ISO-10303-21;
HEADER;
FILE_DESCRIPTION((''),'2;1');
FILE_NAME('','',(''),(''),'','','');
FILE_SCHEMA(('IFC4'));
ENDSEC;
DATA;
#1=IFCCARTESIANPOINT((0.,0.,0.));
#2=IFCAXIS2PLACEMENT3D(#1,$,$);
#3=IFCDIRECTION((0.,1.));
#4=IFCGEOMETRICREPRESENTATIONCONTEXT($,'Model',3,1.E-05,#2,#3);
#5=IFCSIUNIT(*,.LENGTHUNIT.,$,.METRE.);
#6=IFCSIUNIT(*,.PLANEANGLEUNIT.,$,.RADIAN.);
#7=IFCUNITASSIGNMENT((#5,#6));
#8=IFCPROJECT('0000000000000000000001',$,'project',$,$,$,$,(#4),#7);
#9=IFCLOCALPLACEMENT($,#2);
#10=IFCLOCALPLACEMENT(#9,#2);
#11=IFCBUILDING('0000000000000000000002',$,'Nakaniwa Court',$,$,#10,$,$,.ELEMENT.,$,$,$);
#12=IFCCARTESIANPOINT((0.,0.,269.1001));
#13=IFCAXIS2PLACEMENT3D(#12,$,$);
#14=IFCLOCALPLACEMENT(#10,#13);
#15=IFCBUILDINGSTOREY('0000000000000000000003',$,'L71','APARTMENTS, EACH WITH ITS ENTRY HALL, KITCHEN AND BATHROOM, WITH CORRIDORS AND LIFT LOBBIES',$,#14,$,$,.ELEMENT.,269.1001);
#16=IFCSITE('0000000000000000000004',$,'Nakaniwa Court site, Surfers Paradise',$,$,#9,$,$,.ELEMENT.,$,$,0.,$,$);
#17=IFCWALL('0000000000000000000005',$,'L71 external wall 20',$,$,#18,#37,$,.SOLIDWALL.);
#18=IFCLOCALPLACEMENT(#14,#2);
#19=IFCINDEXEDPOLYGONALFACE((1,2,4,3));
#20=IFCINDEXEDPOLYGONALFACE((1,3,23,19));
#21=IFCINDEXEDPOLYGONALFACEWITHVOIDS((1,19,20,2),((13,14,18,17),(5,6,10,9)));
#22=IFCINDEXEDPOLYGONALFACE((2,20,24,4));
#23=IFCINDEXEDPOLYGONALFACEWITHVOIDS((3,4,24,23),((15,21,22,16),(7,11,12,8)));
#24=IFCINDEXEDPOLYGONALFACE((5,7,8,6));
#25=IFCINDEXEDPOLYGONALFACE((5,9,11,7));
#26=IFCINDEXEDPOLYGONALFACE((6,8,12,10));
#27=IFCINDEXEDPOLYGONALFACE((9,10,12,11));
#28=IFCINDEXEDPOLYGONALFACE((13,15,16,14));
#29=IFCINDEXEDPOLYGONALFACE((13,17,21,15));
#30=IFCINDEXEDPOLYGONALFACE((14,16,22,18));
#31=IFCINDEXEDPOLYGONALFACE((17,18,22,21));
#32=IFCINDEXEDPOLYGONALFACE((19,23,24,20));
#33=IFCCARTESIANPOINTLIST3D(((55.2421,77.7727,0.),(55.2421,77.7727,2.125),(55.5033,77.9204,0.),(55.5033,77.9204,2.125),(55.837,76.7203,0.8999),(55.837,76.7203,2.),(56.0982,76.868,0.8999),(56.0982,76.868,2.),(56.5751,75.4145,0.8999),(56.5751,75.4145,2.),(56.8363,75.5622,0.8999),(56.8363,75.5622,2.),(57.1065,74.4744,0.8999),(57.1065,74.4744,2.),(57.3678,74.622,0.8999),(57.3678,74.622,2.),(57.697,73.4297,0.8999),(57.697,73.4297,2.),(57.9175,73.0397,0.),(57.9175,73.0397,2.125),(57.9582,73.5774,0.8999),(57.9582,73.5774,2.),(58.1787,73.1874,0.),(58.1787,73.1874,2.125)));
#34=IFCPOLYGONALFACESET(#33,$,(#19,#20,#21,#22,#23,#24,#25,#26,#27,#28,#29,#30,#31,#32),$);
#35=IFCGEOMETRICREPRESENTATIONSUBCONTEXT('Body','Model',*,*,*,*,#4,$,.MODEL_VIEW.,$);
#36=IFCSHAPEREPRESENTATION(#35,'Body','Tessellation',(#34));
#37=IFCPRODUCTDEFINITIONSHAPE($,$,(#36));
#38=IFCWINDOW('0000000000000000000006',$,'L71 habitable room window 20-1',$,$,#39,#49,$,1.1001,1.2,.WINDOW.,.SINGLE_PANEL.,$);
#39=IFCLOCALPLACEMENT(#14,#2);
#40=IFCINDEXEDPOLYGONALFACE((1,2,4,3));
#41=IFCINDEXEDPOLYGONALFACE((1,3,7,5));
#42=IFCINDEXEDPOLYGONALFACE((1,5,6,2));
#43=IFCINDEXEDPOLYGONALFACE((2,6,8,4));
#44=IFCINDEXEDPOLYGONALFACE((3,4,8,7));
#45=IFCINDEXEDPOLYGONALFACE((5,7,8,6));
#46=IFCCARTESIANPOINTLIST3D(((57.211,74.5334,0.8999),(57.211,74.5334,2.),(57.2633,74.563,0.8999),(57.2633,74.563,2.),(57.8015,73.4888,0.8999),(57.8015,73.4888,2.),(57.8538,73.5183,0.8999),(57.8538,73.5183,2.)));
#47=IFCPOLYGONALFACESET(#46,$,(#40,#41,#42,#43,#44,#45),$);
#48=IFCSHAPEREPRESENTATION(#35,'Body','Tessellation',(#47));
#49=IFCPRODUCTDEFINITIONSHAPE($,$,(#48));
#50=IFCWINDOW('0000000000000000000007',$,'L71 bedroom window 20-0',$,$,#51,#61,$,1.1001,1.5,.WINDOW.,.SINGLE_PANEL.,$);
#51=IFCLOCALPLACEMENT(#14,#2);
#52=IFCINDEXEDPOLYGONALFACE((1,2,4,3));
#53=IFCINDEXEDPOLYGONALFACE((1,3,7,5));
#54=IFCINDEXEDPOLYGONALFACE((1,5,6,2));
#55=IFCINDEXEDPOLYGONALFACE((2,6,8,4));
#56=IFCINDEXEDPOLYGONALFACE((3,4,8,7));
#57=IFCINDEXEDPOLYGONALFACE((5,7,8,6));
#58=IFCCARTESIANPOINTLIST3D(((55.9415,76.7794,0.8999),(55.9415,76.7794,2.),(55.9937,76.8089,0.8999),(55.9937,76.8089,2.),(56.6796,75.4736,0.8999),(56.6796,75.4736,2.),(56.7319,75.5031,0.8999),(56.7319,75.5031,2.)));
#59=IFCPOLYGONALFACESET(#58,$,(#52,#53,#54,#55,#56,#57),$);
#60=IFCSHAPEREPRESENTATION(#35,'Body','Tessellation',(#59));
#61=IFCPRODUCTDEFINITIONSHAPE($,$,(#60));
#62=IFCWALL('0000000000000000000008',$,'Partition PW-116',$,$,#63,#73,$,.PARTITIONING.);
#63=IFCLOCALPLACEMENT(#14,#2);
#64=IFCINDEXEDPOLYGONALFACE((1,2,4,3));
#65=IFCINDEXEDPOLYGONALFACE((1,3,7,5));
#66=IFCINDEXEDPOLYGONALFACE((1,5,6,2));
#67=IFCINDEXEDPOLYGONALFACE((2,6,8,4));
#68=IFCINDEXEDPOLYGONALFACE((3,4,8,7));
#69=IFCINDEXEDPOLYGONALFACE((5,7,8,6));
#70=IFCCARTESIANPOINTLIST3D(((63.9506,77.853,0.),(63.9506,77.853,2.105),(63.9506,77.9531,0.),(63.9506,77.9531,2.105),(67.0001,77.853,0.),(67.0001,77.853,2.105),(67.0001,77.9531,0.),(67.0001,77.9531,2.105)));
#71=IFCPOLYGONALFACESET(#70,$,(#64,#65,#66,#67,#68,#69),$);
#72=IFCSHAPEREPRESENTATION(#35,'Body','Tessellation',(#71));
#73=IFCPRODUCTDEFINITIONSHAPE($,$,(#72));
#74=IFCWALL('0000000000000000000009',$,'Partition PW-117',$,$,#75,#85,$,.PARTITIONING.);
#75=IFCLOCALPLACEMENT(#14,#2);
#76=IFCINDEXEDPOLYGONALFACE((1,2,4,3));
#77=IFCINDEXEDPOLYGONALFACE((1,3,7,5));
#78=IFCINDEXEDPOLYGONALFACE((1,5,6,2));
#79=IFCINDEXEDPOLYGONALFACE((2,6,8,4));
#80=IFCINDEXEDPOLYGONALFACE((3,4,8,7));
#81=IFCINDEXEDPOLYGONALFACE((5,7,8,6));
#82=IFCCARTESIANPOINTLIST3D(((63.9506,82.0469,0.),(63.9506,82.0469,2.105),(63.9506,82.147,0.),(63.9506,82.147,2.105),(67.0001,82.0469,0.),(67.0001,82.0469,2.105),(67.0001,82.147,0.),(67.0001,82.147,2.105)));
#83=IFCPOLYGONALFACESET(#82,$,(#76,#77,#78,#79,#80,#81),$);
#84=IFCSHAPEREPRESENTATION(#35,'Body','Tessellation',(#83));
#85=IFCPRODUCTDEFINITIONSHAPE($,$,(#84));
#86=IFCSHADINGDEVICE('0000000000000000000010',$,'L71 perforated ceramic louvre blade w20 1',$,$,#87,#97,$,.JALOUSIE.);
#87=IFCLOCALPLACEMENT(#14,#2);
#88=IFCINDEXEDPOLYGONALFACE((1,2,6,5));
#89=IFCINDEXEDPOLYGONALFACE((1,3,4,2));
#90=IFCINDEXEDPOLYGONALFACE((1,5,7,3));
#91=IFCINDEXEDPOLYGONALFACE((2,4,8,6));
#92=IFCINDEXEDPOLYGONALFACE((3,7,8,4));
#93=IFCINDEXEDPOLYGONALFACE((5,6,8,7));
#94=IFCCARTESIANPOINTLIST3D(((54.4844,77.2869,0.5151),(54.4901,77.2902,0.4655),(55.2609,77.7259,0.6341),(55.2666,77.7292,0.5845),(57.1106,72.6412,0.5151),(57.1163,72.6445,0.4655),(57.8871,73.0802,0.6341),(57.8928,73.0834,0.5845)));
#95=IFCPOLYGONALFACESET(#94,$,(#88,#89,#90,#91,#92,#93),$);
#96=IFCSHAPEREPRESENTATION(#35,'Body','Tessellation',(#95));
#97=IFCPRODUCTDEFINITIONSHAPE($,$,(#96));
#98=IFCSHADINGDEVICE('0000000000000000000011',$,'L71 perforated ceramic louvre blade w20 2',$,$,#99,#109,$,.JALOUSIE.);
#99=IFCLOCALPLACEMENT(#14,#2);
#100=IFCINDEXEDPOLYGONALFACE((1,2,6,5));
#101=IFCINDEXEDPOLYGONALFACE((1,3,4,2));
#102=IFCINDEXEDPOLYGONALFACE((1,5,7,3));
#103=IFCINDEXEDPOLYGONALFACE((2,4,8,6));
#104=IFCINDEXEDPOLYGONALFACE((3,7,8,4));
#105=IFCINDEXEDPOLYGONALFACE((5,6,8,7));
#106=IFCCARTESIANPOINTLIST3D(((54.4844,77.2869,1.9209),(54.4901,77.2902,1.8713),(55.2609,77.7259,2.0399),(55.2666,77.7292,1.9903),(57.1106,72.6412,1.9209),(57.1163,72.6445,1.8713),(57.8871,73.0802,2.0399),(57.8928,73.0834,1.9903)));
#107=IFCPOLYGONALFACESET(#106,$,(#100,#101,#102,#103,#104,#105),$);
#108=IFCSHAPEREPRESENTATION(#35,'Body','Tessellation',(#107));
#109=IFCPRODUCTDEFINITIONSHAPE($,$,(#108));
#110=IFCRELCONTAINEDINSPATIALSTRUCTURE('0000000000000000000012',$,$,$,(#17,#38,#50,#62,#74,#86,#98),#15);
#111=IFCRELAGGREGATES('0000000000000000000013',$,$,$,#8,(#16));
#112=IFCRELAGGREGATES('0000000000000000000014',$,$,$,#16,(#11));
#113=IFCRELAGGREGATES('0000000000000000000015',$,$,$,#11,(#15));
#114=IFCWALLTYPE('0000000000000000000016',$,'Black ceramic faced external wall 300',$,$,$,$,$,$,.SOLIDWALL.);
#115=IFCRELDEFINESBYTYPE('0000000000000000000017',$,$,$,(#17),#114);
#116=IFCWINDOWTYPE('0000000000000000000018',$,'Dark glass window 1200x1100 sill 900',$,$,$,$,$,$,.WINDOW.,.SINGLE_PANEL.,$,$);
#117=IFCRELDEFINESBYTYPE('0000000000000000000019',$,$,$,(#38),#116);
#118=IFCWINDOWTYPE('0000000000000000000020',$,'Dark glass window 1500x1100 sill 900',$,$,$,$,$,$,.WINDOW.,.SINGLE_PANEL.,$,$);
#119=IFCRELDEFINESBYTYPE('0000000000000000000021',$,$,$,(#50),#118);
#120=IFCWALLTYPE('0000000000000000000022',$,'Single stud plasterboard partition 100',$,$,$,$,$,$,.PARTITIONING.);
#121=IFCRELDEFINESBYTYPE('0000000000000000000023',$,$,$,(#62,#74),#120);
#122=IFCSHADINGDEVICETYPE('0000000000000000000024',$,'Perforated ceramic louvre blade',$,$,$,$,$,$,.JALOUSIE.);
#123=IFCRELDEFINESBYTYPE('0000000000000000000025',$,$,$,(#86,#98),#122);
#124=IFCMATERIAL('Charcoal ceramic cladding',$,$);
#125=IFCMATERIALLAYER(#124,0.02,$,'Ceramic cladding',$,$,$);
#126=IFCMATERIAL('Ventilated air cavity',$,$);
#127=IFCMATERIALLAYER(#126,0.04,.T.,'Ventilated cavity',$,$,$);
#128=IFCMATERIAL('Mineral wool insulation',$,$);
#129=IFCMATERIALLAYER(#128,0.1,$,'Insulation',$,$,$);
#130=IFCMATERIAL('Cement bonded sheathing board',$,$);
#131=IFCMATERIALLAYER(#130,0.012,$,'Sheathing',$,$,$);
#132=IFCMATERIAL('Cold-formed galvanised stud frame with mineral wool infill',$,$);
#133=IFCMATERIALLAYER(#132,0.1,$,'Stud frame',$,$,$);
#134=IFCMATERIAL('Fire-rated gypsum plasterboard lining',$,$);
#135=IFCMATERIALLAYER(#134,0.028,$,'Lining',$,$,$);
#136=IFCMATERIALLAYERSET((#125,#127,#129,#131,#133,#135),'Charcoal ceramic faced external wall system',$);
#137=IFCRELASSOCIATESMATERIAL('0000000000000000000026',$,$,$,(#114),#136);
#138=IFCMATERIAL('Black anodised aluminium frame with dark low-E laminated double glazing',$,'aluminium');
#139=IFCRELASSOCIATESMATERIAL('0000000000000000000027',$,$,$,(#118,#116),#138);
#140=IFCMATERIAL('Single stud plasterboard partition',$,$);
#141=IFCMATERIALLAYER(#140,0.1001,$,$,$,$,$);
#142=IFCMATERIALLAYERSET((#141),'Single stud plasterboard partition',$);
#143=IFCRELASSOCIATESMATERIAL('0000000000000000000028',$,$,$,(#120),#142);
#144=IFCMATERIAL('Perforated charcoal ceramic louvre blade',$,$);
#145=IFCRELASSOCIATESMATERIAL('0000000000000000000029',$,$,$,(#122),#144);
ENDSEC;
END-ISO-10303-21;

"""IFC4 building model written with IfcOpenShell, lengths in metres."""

from ifc_helpers import new_model, si_unit, direction, frame, frame_2d, origin, origin_2d, place, context, subcontext, project, spatial, rectangle, extrude, material, layer, layer_set, material_profile, profile_set, type_object, element, fill, save


model = new_model("IFC4")

# Units and contexts
model_context = context("Model", 3, precision=1e-05, world=origin(), true_north=direction((0.0, 1.0)))
body_context = subcontext(model_context, "Body", "Model", "MODEL_VIEW")
ifc_project = project(units=[si_unit("LENGTHUNIT", "METRE"), si_unit("PLANEANGLEUNIT", "RADIAN")], contexts=[model_context])

# Site, building, storey
site_placement = place(None, origin())
site = spatial("IfcSite", under=ifc_project, at=site_placement, Name="Nakaniwa Court site, Surfers Paradise", CompositionType="ELEMENT", RefElevation=0.0)
building_placement = place(site_placement, origin())
building = spatial("IfcBuilding", under=site, at=building_placement, Name="Nakaniwa Court", CompositionType="ELEMENT")
storey_placement = place(building_placement, frame((0.0, 0.0, 269.1001)))
storey = spatial("IfcBuildingStorey", under=building, at=storey_placement, Name="L71", Description="APARTMENTS, EACH WITH ITS ENTRY HALL, KITCHEN AND BATHROOM, WITH CORRIDORS AND LIFT LOBBIES", CompositionType="ELEMENT", Elevation=269.1001)

# Shared definitions
ifc_material_1 = material(Name="Charcoal ceramic cladding")
ifc_layer_1 = layer(ifc_material_1, 0.02, Name="Ceramic cladding")
ifc_material_2 = material(Name="Ventilated air cavity")
ifc_layer_2 = layer(ifc_material_2, 0.04, ventilated=True, Name="Ventilated cavity")
ifc_material_3 = material(Name="Mineral wool insulation")
ifc_layer_3 = layer(ifc_material_3, 0.1, Name="Insulation")
ifc_material_4 = material(Name="Cement bonded sheathing board")
ifc_layer_4 = layer(ifc_material_4, 0.012, Name="Sheathing")
ifc_material_5 = material(Name="Cold-formed galvanised stud frame with mineral wool infill")
ifc_layer_5 = layer(ifc_material_5, 0.1, Name="Stud frame")
ifc_material_6 = material(Name="Fire-rated gypsum plasterboard lining")
ifc_layer_6 = layer(ifc_material_6, 0.028, Name="Lining")
ifc_layer_set_1 = layer_set([ifc_layer_1, ifc_layer_2, ifc_layer_3, ifc_layer_4, ifc_layer_5, ifc_layer_6], Name="Charcoal ceramic faced external wall system")
wall_type_1 = type_object("IfcWallType", Name="Black ceramic faced external wall 300", PredefinedType="SOLIDWALL", material=ifc_layer_set_1)
ifc_material_7 = material(Name="Black anodised aluminium frame with dark low-E laminated double glazing", Category="aluminium")
window_type_1 = type_object("IfcWindowType", Name="Dark glass window 1500x1100 sill 900", PartitioningType="SINGLE_PANEL", PredefinedType="WINDOW", material=ifc_material_7)

# Wall, openings, windows
wall_1_placement = place(storey_placement, frame((55.3728, 77.8464, 0.0), z_axis=(0.0, 0.0, 1.0), x_axis=(0.492081, -0.870549, 0.0)))
wall_1 = element("IfcWall", 1, at=wall_1_placement, inside=storey, type_object=wall_type_1, Name="L71 external wall 20", PredefinedType="SOLIDWALL", context=body_context, shape_type="SweptSolid", body=[
    extrude(rectangle(XDim=5.4368, YDim=0.3, at=frame_2d((2.7183, 0.0))), origin(), (0.0, 0.0, 1.0), 2.125),
])
opening_1_placement = place(wall_1_placement, frame((1.2087, 0.0, 0.8999)))
opening_1 = element("IfcOpeningElement", 2, at=opening_1_placement, cuts=wall_1, PredefinedType="OPENING", context=body_context, shape_type="SweptSolid", body=[
    extrude(rectangle(XDim=1.5, YDim=1.1001, at=frame_2d((0.75, 0.55))), frame((0.0, 0.1599, 0.0), z_axis=(0.0, -1.0, 0.0), x_axis=(1.0, 0.0, 0.0)), (0.0, 0.0, 1.0), 0.3201),
])
opening_2_placement = place(wall_1_placement, frame((3.7886, 0.0, 0.8999)))
opening_2 = element("IfcOpeningElement", 3, at=opening_2_placement, cuts=wall_1, PredefinedType="OPENING", context=body_context, shape_type="SweptSolid", body=[
    extrude(rectangle(XDim=1.2, YDim=1.1001, at=frame_2d((0.6001, 0.55))), frame((0.0, 0.1599, 0.0), z_axis=(0.0, -1.0, 0.0), x_axis=(1.0, 0.0, 0.0)), (0.0, 0.0, 1.0), 0.3201),
])
window_type_2 = type_object("IfcWindowType", Name="Dark glass window 1200x1100 sill 900", PartitioningType="SINGLE_PANEL", PredefinedType="WINDOW", material=ifc_material_7)
window_1_placement = place(opening_2_placement, origin())
window_1 = element("IfcWindow", 4, at=window_1_placement, inside=storey, type_object=window_type_2, Name="L71 habitable room window 20-1", OverallHeight=1.1001, OverallWidth=1.2, PartitioningType="SINGLE_PANEL", PredefinedType="WINDOW", context=body_context, shape_type="SweptSolid", body=[
    extrude(rectangle(XDim=1.2, YDim=1.1001, at=frame_2d((0.6001, 0.55))), frame((0.0, 0.03, 0.0), z_axis=(0.0, -1.0, 0.0), x_axis=(1.0, 0.0, 0.0)), (0.0, 0.0, 1.0), 0.0601),
])
fill(opening_2, window_1)
window_2_placement = place(opening_1_placement, origin())
window_2 = element("IfcWindow", 5, at=window_2_placement, inside=storey, type_object=window_type_1, Name="L71 bedroom window 20-0", OverallHeight=1.1001, OverallWidth=1.5, PartitioningType="SINGLE_PANEL", PredefinedType="WINDOW", context=body_context, shape_type="SweptSolid", body=[
    extrude(rectangle(XDim=1.5, YDim=1.1001, at=frame_2d((0.75, 0.55))), frame((0.0, 0.03, 0.0), z_axis=(0.0, -1.0, 0.0), x_axis=(1.0, 0.0, 0.0)), (0.0, 0.0, 1.0), 0.0601),
])
fill(opening_1, window_2)

# Walls
ifc_material_8 = material(Name="Single stud plasterboard partition")
ifc_layer_7 = layer(ifc_material_8, 0.1001)
ifc_layer_set_2 = layer_set([ifc_layer_7], Name="Single stud plasterboard partition")
wall_type_2 = type_object("IfcWallType", Name="Single stud plasterboard partition 100", PredefinedType="PARTITIONING", material=ifc_layer_set_2)
for number, where, z_axis, x_axis, name in (
    (6, (63.9504, 77.9031, 0.0), (0.0, 0.0, 1.0), (1.0, 0.0, 0.0), "Partition PW-116"),
    (7, (63.9504, 82.0969, 0.0), (0.0, 0.0, 1.0), (1.0, 0.0, 0.0), "Partition PW-117"),
):
    element("IfcWall", number, at=place(storey_placement, frame(where, z_axis=z_axis, x_axis=x_axis)), inside=storey, type_object=wall_type_2, Name=name, PredefinedType="PARTITIONING", context=body_context, shape_type="SweptSolid", body=[
        extrude(rectangle(XDim=3.0496, YDim=0.1001, at=frame_2d((1.5249, 0.0))), origin(), (0.0, 0.0, 1.0), 2.105),
    ])

# Shading devices
ifc_material_9 = material(Name="Perforated charcoal ceramic louvre blade")
ifc_material_profile_1 = material_profile(ifc_material_9, rectangle(XDim=0.8999, YDim=0.05, at=origin_2d()), Name="Perforated ceramic louvre blade")
ifc_profile_set_1 = profile_set([ifc_material_profile_1], Name="Perforated charcoal ceramic louvre blade")
shading_device_type = type_object("IfcShadingDeviceType", Name="Perforated ceramic louvre blade", PredefinedType="JALOUSIE", material=ifc_profile_set_1)
for number, where, z_axis, x_axis, name in (
    (8, (54.8755, 77.5081, 0.5498), (0.492109, -0.870534, 0.0), (0.862887, 0.487786, 0.132256), "L71 perforated ceramic louvre blade w20 1"),
    (9, (54.8755, 77.5081, 1.9556), (0.492109, -0.870534, 0.0), (0.862887, 0.487786, 0.132256), "L71 perforated ceramic louvre blade w20 2"),
):
    element("IfcShadingDevice", number, at=place(storey_placement, frame(where, z_axis=z_axis, x_axis=x_axis)), inside=storey, type_object=shading_device_type, Name=name, PredefinedType="JALOUSIE", context=body_context, shape_type="SweptSolid", body=[
        extrude(rectangle(XDim=0.8999, YDim=0.05, at=origin_2d()), origin(), (0.0, 0.0, 1.0), 5.3367),
    ])

save(model, "model.ifc")
